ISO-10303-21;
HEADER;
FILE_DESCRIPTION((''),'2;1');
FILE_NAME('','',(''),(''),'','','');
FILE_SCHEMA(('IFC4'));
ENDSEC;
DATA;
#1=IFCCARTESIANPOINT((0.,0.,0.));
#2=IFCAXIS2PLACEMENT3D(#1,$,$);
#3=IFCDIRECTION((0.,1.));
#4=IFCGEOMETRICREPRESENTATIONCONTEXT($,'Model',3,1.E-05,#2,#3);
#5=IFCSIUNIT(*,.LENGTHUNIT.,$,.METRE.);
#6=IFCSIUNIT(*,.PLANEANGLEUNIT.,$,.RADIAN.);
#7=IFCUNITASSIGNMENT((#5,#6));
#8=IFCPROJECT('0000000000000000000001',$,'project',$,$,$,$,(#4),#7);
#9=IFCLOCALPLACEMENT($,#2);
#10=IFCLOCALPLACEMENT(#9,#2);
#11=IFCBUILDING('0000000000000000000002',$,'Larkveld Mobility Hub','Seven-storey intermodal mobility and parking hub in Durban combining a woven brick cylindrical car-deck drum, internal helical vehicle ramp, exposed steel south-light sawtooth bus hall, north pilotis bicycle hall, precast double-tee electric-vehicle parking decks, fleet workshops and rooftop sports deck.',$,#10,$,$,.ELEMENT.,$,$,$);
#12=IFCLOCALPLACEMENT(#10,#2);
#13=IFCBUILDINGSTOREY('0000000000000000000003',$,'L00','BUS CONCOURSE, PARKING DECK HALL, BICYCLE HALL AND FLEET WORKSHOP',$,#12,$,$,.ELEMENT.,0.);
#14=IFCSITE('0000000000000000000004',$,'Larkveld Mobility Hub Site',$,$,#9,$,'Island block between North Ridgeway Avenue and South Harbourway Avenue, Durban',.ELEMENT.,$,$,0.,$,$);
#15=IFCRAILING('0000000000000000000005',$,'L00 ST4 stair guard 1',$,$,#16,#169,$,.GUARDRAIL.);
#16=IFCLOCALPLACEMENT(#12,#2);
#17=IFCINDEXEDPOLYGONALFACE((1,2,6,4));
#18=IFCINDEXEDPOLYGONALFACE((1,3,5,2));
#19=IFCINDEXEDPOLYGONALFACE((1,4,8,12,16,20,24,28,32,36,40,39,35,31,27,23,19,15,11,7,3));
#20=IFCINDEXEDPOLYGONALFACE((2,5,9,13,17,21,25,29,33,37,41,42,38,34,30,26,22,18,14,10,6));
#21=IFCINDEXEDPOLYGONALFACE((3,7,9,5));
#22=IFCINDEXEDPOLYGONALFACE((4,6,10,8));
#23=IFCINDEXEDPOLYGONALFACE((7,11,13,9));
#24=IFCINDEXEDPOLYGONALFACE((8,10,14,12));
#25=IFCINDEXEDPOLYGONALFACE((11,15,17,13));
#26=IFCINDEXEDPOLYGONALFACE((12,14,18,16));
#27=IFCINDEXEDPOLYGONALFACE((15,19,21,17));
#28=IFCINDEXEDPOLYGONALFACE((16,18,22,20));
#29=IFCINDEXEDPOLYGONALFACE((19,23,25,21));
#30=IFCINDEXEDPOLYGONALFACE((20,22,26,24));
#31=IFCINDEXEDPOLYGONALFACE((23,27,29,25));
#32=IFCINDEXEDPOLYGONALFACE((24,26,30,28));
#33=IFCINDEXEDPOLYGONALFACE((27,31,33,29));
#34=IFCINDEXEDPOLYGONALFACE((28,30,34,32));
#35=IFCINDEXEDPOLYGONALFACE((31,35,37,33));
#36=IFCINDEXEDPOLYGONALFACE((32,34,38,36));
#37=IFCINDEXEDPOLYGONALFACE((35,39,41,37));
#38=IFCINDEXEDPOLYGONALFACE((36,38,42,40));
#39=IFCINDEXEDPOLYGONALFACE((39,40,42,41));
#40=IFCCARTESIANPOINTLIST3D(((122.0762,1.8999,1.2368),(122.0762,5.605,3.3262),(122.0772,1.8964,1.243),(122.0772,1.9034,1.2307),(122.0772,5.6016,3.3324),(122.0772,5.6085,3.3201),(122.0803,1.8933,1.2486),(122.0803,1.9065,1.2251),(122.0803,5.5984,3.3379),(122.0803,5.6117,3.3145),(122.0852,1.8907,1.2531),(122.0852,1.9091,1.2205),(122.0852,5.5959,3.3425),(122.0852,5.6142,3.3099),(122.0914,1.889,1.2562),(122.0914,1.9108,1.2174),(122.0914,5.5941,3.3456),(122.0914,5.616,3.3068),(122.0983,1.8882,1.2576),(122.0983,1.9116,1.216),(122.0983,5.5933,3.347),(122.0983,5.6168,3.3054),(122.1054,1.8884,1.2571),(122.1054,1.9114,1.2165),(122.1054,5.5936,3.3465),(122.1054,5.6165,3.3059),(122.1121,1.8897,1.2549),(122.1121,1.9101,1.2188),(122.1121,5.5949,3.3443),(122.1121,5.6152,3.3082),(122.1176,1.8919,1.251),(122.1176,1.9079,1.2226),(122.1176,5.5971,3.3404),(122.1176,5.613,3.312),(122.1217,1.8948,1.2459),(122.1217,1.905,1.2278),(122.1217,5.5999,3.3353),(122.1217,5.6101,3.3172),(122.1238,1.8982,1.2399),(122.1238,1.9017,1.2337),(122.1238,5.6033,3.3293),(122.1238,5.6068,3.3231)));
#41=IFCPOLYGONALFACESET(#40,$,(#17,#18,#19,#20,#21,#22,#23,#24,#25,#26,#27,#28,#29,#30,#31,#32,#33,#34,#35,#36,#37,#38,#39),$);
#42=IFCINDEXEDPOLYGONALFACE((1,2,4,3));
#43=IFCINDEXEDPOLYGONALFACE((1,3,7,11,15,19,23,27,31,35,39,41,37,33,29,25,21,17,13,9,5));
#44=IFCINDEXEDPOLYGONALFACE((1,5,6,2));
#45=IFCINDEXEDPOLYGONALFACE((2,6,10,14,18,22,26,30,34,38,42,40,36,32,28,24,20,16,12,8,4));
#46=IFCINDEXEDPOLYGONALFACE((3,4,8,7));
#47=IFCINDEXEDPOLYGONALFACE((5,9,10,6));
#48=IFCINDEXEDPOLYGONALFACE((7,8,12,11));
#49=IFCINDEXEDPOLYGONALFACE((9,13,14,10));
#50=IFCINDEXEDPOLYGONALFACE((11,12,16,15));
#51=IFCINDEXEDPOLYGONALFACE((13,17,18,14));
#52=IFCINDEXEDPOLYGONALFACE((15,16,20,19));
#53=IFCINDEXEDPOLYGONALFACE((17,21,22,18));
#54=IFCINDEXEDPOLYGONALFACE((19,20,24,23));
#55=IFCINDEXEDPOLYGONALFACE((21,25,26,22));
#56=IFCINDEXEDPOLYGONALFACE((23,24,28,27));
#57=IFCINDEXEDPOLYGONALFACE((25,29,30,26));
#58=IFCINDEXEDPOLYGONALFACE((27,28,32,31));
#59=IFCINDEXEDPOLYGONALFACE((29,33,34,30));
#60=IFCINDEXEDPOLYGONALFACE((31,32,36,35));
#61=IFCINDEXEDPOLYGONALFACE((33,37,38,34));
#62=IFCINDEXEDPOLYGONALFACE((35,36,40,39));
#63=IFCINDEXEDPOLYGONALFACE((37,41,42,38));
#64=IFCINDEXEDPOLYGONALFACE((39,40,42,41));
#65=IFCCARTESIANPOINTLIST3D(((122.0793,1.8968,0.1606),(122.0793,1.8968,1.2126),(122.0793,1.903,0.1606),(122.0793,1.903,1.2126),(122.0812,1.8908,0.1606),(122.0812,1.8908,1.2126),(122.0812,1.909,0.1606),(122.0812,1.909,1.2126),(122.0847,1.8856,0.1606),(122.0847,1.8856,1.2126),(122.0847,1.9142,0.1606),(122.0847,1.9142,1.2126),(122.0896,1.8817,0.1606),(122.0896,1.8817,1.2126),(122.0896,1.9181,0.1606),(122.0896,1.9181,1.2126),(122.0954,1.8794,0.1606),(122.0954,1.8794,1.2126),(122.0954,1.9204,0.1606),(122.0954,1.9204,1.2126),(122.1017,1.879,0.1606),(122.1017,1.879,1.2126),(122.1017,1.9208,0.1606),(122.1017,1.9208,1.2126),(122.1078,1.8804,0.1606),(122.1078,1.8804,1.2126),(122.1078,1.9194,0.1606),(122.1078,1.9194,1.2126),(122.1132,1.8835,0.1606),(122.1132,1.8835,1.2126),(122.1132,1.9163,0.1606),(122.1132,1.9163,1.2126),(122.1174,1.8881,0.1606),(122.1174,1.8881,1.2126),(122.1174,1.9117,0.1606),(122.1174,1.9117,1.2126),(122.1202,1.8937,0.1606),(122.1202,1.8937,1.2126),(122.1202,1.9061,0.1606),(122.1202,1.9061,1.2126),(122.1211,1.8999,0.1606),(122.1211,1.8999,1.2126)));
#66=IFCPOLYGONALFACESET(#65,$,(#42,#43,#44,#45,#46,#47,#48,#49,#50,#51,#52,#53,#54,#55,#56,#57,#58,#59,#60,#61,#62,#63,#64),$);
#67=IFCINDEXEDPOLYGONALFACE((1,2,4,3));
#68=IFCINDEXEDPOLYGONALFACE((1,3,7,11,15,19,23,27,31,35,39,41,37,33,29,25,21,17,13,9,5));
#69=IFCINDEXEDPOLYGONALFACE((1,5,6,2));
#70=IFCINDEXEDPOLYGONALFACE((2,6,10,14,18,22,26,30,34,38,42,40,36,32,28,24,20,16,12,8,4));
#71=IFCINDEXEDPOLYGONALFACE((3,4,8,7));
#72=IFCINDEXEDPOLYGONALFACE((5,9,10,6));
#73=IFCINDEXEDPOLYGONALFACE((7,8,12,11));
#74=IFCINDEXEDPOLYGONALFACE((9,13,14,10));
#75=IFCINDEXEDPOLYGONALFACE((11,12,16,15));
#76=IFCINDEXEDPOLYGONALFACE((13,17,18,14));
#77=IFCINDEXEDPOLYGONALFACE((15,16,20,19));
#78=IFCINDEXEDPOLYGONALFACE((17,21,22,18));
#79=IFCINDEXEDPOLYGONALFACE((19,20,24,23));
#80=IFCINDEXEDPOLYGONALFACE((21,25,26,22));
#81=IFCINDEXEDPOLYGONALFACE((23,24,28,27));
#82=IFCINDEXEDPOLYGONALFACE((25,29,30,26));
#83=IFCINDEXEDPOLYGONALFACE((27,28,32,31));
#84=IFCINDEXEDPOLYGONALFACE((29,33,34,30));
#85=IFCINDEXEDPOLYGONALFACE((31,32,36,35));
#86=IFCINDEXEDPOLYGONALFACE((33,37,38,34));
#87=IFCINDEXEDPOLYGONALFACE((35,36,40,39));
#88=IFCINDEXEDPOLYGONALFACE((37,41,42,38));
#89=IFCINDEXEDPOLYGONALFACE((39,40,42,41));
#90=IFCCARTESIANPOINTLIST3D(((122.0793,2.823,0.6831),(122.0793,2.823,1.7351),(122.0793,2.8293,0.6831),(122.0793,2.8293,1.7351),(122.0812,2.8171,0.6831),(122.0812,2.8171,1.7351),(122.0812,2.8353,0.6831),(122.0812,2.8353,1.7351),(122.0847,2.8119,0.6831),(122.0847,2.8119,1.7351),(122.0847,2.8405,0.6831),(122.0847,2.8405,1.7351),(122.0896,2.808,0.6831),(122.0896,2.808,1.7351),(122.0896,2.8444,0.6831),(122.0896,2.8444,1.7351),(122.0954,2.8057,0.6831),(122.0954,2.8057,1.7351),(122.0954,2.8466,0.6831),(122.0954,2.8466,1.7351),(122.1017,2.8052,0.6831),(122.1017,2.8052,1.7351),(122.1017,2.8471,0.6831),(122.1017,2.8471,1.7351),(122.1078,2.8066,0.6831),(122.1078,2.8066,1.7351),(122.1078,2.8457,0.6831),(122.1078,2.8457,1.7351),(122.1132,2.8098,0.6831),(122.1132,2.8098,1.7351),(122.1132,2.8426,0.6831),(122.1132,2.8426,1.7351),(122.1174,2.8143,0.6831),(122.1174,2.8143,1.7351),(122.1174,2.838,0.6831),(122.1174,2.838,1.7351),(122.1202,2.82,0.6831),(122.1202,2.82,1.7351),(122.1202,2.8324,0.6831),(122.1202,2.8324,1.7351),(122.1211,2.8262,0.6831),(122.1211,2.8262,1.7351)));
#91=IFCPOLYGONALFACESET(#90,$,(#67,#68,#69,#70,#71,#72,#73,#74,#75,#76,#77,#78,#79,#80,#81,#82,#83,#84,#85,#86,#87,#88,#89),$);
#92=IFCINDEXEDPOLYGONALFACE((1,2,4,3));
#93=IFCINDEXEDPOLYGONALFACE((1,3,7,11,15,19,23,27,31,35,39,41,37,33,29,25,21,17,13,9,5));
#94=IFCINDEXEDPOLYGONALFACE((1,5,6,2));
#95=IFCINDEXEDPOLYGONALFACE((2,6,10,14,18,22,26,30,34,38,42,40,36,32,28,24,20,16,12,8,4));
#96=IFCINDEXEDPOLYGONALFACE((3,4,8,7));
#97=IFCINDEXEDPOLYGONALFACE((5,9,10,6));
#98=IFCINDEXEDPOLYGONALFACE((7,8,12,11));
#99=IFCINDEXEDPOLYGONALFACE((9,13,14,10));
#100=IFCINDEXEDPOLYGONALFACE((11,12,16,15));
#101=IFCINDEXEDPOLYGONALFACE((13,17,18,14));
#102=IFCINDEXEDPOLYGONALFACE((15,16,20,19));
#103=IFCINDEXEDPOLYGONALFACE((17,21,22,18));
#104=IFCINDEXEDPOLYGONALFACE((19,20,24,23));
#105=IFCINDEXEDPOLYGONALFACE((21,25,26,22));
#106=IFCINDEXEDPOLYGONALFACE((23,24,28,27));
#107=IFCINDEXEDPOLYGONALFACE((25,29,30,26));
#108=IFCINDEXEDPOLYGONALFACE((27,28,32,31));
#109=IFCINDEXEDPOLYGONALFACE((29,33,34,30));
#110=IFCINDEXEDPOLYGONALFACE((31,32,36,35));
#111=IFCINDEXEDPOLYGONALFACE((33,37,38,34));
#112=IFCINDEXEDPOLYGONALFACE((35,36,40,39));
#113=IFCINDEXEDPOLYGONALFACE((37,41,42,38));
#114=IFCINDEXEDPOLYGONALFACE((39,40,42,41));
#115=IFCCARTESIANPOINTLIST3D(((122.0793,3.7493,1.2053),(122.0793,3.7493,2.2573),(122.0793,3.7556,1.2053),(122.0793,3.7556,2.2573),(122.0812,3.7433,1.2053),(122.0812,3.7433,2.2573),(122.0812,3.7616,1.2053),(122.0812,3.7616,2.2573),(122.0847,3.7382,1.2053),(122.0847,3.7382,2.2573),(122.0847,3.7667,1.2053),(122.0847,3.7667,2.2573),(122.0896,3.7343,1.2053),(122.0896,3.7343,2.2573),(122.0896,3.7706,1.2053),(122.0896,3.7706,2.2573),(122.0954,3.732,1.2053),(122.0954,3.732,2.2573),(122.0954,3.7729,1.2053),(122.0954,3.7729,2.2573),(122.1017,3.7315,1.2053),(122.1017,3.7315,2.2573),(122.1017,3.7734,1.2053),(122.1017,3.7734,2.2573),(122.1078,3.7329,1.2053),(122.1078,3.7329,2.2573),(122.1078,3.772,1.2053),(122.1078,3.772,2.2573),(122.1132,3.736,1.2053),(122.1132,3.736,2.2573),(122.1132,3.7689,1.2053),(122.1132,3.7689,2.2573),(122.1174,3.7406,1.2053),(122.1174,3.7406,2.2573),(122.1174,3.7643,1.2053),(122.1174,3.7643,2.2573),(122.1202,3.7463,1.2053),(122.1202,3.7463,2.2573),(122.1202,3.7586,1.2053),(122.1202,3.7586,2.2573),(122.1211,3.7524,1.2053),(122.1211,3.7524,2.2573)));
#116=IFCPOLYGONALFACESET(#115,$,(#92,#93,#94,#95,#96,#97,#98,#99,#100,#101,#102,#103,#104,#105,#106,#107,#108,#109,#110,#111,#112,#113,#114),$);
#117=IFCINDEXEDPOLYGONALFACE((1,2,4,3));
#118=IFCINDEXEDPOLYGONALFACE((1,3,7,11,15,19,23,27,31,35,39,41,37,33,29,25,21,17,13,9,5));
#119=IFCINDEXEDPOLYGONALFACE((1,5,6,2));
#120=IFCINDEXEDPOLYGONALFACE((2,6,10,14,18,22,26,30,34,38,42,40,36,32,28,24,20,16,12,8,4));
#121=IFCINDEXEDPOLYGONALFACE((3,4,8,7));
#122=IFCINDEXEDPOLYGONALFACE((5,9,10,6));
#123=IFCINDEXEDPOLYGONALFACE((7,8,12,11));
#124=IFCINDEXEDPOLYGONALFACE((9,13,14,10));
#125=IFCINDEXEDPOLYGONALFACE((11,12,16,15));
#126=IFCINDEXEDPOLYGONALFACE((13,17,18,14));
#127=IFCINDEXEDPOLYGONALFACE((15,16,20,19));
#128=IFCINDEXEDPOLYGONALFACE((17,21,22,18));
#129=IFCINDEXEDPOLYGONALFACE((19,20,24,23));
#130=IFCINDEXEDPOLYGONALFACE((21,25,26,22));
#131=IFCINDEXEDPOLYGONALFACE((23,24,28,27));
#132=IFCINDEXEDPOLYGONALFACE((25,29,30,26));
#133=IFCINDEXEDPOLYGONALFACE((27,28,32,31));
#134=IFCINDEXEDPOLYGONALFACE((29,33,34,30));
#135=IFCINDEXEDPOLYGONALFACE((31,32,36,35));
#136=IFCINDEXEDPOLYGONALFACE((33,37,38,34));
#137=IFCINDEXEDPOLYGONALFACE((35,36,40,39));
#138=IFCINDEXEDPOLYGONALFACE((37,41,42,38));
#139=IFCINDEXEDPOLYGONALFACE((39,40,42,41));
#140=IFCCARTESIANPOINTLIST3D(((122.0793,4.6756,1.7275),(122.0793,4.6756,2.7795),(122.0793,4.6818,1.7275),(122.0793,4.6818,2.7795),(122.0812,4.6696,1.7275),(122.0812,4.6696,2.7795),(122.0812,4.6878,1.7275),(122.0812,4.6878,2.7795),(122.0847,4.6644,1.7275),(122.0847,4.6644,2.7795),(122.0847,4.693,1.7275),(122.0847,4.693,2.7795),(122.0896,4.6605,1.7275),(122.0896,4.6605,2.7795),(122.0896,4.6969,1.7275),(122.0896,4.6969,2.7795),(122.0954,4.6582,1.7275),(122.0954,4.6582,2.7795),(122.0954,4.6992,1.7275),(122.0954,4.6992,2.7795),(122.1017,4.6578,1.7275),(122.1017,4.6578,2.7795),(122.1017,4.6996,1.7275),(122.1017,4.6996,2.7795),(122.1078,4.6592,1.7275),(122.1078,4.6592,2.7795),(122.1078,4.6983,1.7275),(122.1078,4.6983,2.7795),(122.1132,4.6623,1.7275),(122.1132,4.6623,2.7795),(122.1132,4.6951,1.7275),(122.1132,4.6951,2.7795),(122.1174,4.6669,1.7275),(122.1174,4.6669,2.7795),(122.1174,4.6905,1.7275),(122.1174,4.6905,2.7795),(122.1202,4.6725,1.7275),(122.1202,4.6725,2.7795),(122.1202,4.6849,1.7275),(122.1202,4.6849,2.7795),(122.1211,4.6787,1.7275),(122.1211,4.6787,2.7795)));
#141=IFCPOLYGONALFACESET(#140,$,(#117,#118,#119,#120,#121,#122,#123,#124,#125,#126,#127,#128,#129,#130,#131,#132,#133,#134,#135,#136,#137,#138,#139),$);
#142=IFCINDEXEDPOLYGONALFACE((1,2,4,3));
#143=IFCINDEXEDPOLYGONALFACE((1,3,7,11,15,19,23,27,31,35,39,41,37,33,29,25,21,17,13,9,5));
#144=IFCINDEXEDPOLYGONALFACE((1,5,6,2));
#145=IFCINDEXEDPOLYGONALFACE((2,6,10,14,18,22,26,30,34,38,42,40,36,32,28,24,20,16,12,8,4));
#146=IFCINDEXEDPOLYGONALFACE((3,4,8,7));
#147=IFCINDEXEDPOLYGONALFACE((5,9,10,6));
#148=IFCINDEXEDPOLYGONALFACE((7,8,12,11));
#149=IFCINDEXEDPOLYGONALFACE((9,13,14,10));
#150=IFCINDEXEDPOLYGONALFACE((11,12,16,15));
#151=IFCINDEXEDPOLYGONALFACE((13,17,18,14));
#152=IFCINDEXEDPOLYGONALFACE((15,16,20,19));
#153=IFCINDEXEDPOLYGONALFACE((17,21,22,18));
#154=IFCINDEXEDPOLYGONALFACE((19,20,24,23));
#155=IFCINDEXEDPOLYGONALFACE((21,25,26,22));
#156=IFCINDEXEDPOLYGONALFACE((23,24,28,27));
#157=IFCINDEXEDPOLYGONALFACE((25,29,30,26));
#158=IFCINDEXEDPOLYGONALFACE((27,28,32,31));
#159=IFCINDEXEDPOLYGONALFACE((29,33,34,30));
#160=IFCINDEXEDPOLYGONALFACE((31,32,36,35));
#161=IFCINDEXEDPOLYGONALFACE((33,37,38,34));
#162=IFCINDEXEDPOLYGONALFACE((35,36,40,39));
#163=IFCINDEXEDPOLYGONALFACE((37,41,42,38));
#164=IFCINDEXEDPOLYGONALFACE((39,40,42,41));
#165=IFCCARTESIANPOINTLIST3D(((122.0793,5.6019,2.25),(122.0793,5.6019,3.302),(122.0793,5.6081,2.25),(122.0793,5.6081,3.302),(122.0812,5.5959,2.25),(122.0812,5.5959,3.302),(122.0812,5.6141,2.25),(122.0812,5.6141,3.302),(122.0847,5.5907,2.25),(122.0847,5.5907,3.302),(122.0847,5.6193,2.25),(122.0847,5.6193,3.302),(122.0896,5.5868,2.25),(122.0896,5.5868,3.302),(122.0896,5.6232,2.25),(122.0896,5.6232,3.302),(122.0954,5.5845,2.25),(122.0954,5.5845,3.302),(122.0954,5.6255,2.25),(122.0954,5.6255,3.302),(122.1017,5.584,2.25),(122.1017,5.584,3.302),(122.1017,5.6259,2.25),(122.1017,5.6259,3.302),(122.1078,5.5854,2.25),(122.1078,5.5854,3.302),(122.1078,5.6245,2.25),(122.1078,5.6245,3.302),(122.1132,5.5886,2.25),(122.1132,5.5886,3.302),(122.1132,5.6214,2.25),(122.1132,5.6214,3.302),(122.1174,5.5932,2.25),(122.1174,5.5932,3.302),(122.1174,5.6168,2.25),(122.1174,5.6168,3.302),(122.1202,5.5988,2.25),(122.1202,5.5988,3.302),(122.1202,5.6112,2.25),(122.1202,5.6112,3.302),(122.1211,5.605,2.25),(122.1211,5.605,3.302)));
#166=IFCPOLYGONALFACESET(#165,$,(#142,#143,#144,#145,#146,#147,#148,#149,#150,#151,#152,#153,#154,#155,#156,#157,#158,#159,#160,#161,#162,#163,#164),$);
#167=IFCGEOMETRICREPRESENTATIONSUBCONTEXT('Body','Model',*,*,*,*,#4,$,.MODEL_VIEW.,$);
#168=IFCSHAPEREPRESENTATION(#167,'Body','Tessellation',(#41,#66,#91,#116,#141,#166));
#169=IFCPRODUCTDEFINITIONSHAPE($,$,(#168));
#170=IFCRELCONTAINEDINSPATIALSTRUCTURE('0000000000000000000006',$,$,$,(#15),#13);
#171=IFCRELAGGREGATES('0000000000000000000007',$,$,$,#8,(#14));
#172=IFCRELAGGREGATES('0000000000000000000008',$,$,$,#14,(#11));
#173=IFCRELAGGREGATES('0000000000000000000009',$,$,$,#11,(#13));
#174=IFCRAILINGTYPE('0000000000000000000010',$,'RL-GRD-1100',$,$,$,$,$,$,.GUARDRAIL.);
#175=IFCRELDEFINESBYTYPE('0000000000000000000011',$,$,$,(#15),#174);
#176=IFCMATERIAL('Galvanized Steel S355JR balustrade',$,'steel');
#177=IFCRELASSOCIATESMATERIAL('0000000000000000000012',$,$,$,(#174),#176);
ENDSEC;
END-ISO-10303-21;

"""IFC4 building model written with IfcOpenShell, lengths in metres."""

from ifc_helpers import new_model, si_unit, direction, frame, origin, origin_2d, place, context, subcontext, project, spatial, circle, extrude, material, type_object, element, save


model = new_model("IFC4")

# Units and contexts
model_context = context("Model", 3, precision=1e-05, world=origin(), true_north=direction((0.0, 1.0)))
body_context = subcontext(model_context, "Body", "Model", "MODEL_VIEW")
ifc_project = project(units=[si_unit("LENGTHUNIT", "METRE"), si_unit("PLANEANGLEUNIT", "RADIAN")], contexts=[model_context])

# Site, building, storey
site_placement = place(None, origin())
site = spatial("IfcSite", under=ifc_project, at=site_placement, Name="Larkveld Mobility Hub Site", LongName="Island block between North Ridgeway Avenue and South Harbourway Avenue, Durban", CompositionType="ELEMENT", RefElevation=0.0)
building_placement = place(site_placement, origin())
building = spatial("IfcBuilding", under=site, at=building_placement, Name="Larkveld Mobility Hub", Description="Seven-storey intermodal mobility and parking hub in Durban combining a woven brick cylindrical car-deck drum, internal helical vehicle ramp, exposed steel south-light sawtooth bus hall, north pilotis bicycle hall, precast double-tee electric-vehicle parking decks, fleet workshops and rooftop sports deck.", CompositionType="ELEMENT")
storey_placement = place(building_placement, origin())
storey = spatial("IfcBuildingStorey", under=building, at=storey_placement, Name="L00", Description="BUS CONCOURSE, PARKING DECK HALL, BICYCLE HALL AND FLEET WORKSHOP", CompositionType="ELEMENT", Elevation=0.0)

# Railing
ifc_material_1 = material(Name="Galvanized Steel S355JR balustrade", Category="steel")
railing_type_1 = type_object("IfcRailingType", Name="RL-GRD-1100", PredefinedType="GUARDRAIL", material=ifc_material_1)
railing_1_placement = place(storey_placement, frame((122.1001, 1.8999, 0.1606)))
element("IfcRailing", 1, at=railing_1_placement, inside=storey, type_object=railing_type_1, Name="L00 ST4 stair guard 1", PredefinedType="GUARDRAIL", context=body_context, shape_type="SweptSolid", body=[
    extrude(circle(Radius=0.0239, at=origin_2d()), frame((0.0, 0.0, 1.0762), z_axis=(0.0, 0.871048, 0.491198), x_axis=(-1.0, 0.0, 0.0)), (0.0, 0.0, 1.0), 4.2537),
    extrude(circle(Radius=0.021, at=origin_2d()), origin(), (0.0, 0.0, 1.0), 1.052),
    extrude(circle(Radius=0.021, at=origin_2d()), frame((0.0, 0.9263, 0.5225)), (0.0, 0.0, 1.0), 1.052),
    extrude(circle(Radius=0.021, at=origin_2d()), frame((0.0, 1.8525, 1.0447)), (0.0, 0.0, 1.0), 1.052),
    extrude(circle(Radius=0.021, at=origin_2d()), frame((0.0, 2.7788, 1.5669)), (0.0, 0.0, 1.0), 1.052),
    extrude(circle(Radius=0.021, at=origin_2d()), frame((0.0, 3.7051, 2.0894)), (0.0, 0.0, 1.0), 1.052),
])

save(model, "model.ifc")
